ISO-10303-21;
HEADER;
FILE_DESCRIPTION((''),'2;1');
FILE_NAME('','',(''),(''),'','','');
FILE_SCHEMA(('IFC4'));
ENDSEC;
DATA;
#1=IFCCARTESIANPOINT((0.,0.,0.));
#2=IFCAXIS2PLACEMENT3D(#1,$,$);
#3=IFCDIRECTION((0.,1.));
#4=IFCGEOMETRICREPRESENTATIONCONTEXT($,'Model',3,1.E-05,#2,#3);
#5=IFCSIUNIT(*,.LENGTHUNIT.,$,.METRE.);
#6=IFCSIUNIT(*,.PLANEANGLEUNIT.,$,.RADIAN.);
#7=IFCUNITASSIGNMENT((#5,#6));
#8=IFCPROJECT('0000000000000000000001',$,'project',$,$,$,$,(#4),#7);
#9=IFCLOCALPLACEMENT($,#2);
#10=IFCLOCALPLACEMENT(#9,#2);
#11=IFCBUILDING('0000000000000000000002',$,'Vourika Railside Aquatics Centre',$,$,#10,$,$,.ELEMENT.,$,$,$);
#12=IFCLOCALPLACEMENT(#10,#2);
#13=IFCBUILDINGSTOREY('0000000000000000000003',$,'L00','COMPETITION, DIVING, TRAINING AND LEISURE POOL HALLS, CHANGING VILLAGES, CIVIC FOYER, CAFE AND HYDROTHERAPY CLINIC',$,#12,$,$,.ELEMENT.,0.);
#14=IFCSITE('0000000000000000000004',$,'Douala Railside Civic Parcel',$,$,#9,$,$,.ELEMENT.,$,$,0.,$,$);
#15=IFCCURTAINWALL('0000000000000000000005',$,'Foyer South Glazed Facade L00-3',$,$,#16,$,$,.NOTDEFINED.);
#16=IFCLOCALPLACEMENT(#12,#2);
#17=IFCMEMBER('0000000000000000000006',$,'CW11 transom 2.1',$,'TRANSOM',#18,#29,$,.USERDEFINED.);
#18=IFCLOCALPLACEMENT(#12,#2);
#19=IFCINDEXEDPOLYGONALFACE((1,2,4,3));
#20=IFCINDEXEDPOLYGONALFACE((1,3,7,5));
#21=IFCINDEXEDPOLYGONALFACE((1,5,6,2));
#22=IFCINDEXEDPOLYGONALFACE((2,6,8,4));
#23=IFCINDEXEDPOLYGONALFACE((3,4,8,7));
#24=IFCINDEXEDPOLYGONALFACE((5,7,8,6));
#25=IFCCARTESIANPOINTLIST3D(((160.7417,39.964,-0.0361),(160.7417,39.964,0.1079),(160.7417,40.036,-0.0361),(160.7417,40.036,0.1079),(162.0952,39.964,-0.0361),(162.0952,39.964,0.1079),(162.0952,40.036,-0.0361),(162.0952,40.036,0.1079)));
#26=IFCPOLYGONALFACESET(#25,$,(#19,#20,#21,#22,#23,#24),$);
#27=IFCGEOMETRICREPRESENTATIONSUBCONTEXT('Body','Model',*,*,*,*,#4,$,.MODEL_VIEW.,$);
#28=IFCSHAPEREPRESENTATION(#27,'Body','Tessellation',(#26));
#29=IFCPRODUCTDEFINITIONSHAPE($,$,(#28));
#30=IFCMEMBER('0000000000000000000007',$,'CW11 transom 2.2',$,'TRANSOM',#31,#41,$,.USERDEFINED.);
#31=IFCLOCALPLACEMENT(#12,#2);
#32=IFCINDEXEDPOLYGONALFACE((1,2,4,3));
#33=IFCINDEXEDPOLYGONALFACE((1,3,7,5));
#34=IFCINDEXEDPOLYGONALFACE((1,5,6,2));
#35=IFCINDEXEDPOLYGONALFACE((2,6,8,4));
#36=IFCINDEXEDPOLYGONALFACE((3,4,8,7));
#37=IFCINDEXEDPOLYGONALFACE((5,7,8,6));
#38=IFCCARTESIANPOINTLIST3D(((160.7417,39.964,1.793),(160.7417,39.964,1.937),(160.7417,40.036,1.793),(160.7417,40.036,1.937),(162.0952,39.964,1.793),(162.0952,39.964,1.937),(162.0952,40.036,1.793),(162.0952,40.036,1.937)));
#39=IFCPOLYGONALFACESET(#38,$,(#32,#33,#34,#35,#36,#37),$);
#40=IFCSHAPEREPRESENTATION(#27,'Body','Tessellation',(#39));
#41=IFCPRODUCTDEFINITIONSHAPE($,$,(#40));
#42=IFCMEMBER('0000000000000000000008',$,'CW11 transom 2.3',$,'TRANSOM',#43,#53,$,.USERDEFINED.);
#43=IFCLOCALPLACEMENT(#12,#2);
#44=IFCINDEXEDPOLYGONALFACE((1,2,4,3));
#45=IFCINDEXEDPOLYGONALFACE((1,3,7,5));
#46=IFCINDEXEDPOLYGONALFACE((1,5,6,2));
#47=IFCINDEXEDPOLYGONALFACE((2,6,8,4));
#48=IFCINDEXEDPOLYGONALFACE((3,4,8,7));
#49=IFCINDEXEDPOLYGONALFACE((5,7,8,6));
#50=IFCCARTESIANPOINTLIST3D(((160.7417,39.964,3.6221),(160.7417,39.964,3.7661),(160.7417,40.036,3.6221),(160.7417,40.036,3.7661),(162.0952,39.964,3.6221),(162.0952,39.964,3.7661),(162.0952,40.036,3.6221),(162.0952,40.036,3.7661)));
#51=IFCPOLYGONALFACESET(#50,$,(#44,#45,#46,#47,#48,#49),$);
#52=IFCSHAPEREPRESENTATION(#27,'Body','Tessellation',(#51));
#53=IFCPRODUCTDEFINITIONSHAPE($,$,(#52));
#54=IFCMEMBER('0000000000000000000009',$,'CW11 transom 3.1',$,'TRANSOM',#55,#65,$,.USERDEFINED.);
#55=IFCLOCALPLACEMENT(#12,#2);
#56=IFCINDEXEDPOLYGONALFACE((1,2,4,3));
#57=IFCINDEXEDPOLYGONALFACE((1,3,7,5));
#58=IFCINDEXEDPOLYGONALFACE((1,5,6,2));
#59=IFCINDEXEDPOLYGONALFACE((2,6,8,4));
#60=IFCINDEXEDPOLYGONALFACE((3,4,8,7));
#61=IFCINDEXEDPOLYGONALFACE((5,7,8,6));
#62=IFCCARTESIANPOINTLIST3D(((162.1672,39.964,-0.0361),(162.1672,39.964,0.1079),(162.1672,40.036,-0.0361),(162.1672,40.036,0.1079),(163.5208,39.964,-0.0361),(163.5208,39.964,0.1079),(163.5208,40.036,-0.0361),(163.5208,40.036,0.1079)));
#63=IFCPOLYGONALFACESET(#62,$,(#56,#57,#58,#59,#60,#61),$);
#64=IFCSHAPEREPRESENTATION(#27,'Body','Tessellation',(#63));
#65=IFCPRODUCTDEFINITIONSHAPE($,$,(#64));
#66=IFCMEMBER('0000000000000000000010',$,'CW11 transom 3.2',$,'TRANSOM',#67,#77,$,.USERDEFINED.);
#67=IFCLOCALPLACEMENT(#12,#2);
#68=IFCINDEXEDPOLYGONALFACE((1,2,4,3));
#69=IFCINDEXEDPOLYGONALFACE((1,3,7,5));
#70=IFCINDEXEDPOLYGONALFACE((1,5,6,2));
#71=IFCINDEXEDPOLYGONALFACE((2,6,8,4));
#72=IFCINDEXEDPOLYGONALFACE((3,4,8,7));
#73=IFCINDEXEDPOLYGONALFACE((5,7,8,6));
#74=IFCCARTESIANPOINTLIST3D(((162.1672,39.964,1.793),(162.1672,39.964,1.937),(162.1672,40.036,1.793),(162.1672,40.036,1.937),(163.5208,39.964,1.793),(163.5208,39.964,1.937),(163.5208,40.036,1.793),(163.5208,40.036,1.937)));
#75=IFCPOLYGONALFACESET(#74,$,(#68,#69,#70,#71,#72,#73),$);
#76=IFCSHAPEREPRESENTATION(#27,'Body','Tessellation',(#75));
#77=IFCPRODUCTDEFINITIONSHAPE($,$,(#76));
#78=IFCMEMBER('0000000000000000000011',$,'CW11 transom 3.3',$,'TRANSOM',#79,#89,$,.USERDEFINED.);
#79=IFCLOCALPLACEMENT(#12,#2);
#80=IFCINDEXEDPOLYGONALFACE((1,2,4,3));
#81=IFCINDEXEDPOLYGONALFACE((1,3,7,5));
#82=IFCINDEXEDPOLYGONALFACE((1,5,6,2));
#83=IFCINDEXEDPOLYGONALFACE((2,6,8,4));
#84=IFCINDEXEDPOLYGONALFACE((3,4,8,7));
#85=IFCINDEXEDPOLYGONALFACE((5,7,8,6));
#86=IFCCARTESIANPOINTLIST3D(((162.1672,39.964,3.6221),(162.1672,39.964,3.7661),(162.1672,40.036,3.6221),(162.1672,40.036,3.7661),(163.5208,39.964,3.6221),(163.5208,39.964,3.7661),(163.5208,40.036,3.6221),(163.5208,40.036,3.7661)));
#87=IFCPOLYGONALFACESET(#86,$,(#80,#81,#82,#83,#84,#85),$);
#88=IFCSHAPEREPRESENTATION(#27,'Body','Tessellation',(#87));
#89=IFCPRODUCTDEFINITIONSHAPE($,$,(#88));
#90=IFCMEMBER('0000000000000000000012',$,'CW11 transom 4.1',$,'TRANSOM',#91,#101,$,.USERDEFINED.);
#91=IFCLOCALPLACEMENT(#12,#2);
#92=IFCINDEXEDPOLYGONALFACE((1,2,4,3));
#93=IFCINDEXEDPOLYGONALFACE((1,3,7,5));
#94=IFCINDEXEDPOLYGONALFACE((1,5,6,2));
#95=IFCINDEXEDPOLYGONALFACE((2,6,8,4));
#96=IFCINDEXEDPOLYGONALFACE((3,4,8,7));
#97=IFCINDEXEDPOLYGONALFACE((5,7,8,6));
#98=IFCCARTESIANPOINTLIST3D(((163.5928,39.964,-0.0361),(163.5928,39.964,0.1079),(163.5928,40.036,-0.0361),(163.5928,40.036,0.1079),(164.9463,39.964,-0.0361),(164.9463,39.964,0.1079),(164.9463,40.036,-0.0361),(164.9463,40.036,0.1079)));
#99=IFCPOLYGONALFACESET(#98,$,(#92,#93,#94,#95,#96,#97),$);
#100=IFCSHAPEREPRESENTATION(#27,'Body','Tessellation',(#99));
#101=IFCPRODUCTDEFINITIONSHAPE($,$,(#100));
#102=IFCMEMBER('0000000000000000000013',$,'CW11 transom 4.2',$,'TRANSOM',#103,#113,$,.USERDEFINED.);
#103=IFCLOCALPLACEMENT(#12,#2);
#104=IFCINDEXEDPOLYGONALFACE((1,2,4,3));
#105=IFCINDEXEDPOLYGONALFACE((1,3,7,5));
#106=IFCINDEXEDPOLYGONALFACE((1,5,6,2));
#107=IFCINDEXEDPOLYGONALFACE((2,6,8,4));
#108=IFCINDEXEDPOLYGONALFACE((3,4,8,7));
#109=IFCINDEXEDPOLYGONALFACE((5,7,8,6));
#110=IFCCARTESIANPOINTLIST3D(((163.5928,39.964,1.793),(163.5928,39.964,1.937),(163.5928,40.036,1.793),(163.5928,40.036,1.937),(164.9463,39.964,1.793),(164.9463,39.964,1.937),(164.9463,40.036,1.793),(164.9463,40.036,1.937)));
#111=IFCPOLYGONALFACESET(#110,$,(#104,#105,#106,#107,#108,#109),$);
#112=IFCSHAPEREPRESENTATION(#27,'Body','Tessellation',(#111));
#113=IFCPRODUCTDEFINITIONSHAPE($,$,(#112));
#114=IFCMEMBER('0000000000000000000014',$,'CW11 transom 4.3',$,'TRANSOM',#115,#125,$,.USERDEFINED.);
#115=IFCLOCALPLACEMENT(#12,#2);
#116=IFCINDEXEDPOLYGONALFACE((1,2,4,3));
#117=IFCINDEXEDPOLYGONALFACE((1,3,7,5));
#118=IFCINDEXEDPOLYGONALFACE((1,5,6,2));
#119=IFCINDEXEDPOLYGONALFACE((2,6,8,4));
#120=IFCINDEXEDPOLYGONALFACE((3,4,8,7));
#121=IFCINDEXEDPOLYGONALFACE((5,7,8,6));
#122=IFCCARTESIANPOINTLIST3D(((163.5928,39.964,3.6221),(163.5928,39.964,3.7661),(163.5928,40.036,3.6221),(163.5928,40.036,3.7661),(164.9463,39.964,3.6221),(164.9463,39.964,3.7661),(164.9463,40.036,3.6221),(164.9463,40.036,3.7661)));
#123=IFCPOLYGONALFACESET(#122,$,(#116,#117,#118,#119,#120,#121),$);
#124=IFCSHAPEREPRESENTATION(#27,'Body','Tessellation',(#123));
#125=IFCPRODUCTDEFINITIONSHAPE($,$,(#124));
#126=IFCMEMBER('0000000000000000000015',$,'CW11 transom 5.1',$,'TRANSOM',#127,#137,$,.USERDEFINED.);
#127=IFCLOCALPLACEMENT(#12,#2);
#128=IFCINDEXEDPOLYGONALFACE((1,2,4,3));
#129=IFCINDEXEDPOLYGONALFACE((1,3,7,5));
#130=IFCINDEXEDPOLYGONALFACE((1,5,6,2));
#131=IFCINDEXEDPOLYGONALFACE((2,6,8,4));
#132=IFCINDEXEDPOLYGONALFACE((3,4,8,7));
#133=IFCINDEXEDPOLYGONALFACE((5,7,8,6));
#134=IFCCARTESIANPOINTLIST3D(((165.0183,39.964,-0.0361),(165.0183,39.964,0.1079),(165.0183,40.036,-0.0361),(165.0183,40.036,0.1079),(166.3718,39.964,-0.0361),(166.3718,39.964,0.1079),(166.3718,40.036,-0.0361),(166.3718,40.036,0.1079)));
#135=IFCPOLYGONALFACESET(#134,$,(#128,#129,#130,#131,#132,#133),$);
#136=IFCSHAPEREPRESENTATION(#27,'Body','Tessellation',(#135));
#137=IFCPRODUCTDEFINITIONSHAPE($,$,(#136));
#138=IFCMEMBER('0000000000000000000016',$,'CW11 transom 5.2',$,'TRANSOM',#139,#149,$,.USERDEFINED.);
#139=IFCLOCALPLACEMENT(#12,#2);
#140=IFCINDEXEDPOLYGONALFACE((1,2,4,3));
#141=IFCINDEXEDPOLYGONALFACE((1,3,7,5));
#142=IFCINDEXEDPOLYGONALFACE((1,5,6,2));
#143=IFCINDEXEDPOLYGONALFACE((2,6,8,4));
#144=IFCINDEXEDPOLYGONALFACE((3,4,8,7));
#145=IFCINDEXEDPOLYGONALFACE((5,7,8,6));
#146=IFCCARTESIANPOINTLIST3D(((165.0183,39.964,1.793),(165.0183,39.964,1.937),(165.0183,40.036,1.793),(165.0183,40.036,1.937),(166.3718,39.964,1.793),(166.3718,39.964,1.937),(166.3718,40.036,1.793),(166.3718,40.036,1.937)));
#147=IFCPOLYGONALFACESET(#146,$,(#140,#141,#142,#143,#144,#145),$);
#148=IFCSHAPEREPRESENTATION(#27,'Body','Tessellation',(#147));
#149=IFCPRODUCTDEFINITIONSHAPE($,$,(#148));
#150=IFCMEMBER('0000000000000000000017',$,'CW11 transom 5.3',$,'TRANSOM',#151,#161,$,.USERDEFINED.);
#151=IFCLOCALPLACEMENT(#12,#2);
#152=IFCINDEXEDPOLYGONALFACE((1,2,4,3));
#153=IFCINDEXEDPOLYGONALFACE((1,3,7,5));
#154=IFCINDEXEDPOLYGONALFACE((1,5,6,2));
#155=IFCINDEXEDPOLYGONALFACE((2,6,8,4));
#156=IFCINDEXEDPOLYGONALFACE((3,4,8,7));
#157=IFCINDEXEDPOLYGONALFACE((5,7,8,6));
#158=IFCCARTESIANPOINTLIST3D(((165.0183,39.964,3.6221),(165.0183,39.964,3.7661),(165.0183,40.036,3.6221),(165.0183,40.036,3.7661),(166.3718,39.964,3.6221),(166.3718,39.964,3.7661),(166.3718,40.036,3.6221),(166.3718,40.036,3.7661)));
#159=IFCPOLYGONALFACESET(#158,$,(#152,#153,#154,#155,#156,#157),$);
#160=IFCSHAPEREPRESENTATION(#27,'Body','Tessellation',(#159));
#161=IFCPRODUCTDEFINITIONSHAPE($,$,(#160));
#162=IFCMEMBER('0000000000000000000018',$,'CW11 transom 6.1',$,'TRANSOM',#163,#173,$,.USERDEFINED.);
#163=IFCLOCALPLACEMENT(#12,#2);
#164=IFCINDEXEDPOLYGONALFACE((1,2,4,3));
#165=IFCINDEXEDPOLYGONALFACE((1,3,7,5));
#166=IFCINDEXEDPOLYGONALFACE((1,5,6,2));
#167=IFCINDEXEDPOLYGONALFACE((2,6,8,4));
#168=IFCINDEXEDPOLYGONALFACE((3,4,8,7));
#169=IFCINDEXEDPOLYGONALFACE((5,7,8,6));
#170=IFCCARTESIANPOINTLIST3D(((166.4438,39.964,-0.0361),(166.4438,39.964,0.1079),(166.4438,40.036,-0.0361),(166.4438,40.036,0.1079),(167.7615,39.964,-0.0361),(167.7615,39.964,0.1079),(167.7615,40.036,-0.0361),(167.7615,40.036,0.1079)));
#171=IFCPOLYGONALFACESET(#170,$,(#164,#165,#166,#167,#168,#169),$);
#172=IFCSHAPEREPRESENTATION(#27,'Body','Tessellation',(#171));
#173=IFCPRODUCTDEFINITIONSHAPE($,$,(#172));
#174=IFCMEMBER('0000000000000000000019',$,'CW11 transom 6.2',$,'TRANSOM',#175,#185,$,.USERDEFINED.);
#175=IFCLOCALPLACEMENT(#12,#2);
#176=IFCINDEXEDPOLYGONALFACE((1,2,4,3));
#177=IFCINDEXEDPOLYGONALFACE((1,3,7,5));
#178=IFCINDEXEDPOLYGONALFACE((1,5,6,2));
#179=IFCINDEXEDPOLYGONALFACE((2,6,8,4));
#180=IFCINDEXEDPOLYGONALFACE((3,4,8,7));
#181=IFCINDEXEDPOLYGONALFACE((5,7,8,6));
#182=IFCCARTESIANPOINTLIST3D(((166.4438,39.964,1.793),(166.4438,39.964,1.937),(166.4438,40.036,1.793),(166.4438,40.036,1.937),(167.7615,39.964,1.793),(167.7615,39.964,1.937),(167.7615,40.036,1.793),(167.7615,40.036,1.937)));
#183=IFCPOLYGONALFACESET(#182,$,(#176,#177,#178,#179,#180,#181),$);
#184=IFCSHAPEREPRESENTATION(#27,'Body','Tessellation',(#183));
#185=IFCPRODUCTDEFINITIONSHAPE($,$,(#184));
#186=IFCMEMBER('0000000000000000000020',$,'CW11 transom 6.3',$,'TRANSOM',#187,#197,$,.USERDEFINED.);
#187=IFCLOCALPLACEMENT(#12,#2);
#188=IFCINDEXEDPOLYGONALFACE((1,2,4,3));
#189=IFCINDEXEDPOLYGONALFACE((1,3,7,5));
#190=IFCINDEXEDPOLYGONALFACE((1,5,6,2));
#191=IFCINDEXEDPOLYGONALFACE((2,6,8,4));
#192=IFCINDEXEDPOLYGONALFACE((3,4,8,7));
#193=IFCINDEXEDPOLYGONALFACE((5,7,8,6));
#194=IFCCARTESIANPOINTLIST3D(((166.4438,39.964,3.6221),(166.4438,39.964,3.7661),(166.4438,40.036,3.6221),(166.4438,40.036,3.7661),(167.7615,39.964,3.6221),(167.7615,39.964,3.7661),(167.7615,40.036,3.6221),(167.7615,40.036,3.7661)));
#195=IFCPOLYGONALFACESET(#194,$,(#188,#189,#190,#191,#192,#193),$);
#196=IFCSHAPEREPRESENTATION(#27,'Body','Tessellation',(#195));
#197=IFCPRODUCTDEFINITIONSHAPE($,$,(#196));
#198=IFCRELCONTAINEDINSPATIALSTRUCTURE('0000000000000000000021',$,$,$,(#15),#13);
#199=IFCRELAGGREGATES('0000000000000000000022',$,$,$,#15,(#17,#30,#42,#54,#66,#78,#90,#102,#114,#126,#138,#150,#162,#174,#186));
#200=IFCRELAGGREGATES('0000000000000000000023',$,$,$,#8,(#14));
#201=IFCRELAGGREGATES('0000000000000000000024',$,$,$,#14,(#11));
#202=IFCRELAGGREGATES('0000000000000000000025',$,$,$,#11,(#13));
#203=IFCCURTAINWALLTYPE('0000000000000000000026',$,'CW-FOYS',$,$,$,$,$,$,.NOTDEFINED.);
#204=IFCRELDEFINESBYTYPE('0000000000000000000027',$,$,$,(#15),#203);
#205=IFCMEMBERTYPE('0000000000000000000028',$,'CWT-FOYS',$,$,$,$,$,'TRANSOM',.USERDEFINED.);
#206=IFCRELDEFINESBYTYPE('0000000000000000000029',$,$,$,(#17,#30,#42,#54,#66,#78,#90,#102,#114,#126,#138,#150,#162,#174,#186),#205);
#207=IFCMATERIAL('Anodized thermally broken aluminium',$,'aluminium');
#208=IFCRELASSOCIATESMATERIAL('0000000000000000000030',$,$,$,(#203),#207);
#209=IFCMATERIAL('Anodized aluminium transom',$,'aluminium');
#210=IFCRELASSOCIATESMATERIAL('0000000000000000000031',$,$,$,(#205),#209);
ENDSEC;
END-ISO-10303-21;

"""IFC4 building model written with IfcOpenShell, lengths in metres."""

from ifc_helpers import new_model, si_unit, direction, frame, origin, origin_2d, place, context, subcontext, project, spatial, rectangle, extrude, material, material_profile, profile_set, type_object, element, aggregate, save


model = new_model("IFC4")

# Units and contexts
model_context = context("Model", 3, precision=1e-05, world=origin(), true_north=direction((0.0, 1.0)))
body_context = subcontext(model_context, "Body", "Model", "MODEL_VIEW")
ifc_project = project(units=[si_unit("LENGTHUNIT", "METRE"), si_unit("PLANEANGLEUNIT", "RADIAN")], contexts=[model_context])

# Site, building, storey
site_placement = place(None, origin())
site = spatial("IfcSite", under=ifc_project, at=site_placement, Name="Douala Railside Civic Parcel", CompositionType="ELEMENT", RefElevation=0.0)
building_placement = place(site_placement, origin())
building = spatial("IfcBuilding", under=site, at=building_placement, Name="Vourika Railside Aquatics Centre", CompositionType="ELEMENT")
storey_placement = place(building_placement, origin())
storey = spatial("IfcBuildingStorey", under=building, at=storey_placement, Name="L00", Description="COMPETITION, DIVING, TRAINING AND LEISURE POOL HALLS, CHANGING VILLAGES, CIVIC FOYER, CAFE AND HYDROTHERAPY CLINIC", CompositionType="ELEMENT", Elevation=0.0)

# Curtain wall, members
ifc_material_1 = material(Name="Anodized thermally broken aluminium", Category="aluminium")
curtain_wall_type = type_object("IfcCurtainWallType", Name="CW-FOYS", PredefinedType="NOTDEFINED", material=ifc_material_1)
curtain_wall_placement = place(storey_placement, origin())
curtain_wall = element("IfcCurtainWall", 1, at=curtain_wall_placement, inside=storey, type_object=curtain_wall_type, Name="Foyer South Glazed Facade L00-3", PredefinedType="NOTDEFINED")
ifc_material_2 = material(Name="Anodized aluminium transom", Category="aluminium")
ifc_material_profile_1 = material_profile(ifc_material_2, rectangle(XDim=0.072, YDim=0.144, at=origin_2d()), Name="ALU-T 72x144")
ifc_profile_set_1 = profile_set([ifc_material_profile_1], Name="Anodized aluminium transom")
member_type_1 = type_object("IfcMemberType", Name="CWT-FOYS", ElementType="TRANSOM", PredefinedType="USERDEFINED", material=ifc_profile_set_1)
member_1_placement = place(storey_placement, frame((160.7417, 40.0, 0.0359), z_axis=(1.0, 0.0, 0.0), x_axis=(0.0, 1.0, 0.0)))
member_1 = element("IfcMember", 2, at=member_1_placement, type_object=member_type_1, Name="CW11 transom 2.1", ObjectType="TRANSOM", PredefinedType="USERDEFINED", context=body_context, shape_type="SweptSolid", body=[
    extrude(rectangle(XDim=0.072, YDim=0.144, at=origin_2d()), origin(), (0.0, 0.0, 1.0), 1.3535),
])
member_2_placement = place(storey_placement, frame((160.7417, 40.0, 1.865), z_axis=(1.0, 0.0, 0.0), x_axis=(0.0, 1.0, 0.0)))
member_2 = element("IfcMember", 3, at=member_2_placement, type_object=member_type_1, Name="CW11 transom 2.2", ObjectType="TRANSOM", PredefinedType="USERDEFINED", context=body_context, shape_type="SweptSolid", body=[
    extrude(rectangle(XDim=0.072, YDim=0.144, at=origin_2d()), origin(), (0.0, 0.0, 1.0), 1.3535),
])
member_3_placement = place(storey_placement, frame((160.7417, 40.0, 3.6941), z_axis=(1.0, 0.0, 0.0), x_axis=(0.0, 1.0, 0.0)))
member_3 = element("IfcMember", 4, at=member_3_placement, type_object=member_type_1, Name="CW11 transom 2.3", ObjectType="TRANSOM", PredefinedType="USERDEFINED", context=body_context, shape_type="SweptSolid", body=[
    extrude(rectangle(XDim=0.072, YDim=0.144, at=origin_2d()), origin(), (0.0, 0.0, 1.0), 1.3535),
])
member_4_placement = place(storey_placement, frame((162.1672, 40.0, 0.0359), z_axis=(1.0, 0.0, 0.0), x_axis=(0.0, 1.0, 0.0)))
member_4 = element("IfcMember", 5, at=member_4_placement, type_object=member_type_1, Name="CW11 transom 3.1", ObjectType="TRANSOM", PredefinedType="USERDEFINED", context=body_context, shape_type="SweptSolid", body=[
    extrude(rectangle(XDim=0.072, YDim=0.144, at=origin_2d()), origin(), (0.0, 0.0, 1.0), 1.3535),
])
member_5_placement = place(storey_placement, frame((162.1672, 40.0, 1.865), z_axis=(1.0, 0.0, 0.0), x_axis=(0.0, 1.0, 0.0)))
member_5 = element("IfcMember", 6, at=member_5_placement, type_object=member_type_1, Name="CW11 transom 3.2", ObjectType="TRANSOM", PredefinedType="USERDEFINED", context=body_context, shape_type="SweptSolid", body=[
    extrude(rectangle(XDim=0.072, YDim=0.144, at=origin_2d()), origin(), (0.0, 0.0, 1.0), 1.3535),
])
member_6_placement = place(storey_placement, frame((162.1672, 40.0, 3.6941), z_axis=(1.0, 0.0, 0.0), x_axis=(0.0, 1.0, 0.0)))
member_6 = element("IfcMember", 7, at=member_6_placement, type_object=member_type_1, Name="CW11 transom 3.3", ObjectType="TRANSOM", PredefinedType="USERDEFINED", context=body_context, shape_type="SweptSolid", body=[
    extrude(rectangle(XDim=0.072, YDim=0.144, at=origin_2d()), origin(), (0.0, 0.0, 1.0), 1.3535),
])
member_7_placement = place(storey_placement, frame((163.5928, 40.0, 0.0359), z_axis=(1.0, 0.0, 0.0), x_axis=(0.0, 1.0, 0.0)))
member_7 = element("IfcMember", 8, at=member_7_placement, type_object=member_type_1, Name="CW11 transom 4.1", ObjectType="TRANSOM", PredefinedType="USERDEFINED", context=body_context, shape_type="SweptSolid", body=[
    extrude(rectangle(XDim=0.072, YDim=0.144, at=origin_2d()), origin(), (0.0, 0.0, 1.0), 1.3535),
])
member_8_placement = place(storey_placement, frame((163.5928, 40.0, 1.865), z_axis=(1.0, 0.0, 0.0), x_axis=(0.0, 1.0, 0.0)))
member_8 = element("IfcMember", 9, at=member_8_placement, type_object=member_type_1, Name="CW11 transom 4.2", ObjectType="TRANSOM", PredefinedType="USERDEFINED", context=body_context, shape_type="SweptSolid", body=[
    extrude(rectangle(XDim=0.072, YDim=0.144, at=origin_2d()), origin(), (0.0, 0.0, 1.0), 1.3535),
])
member_9_placement = place(storey_placement, frame((163.5928, 40.0, 3.6941), z_axis=(1.0, 0.0, 0.0), x_axis=(0.0, 1.0, 0.0)))
member_9 = element("IfcMember", 10, at=member_9_placement, type_object=member_type_1, Name="CW11 transom 4.3", ObjectType="TRANSOM", PredefinedType="USERDEFINED", context=body_context, shape_type="SweptSolid", body=[
    extrude(rectangle(XDim=0.072, YDim=0.144, at=origin_2d()), origin(), (0.0, 0.0, 1.0), 1.3535),
])
member_10_placement = place(storey_placement, frame((165.0183, 40.0, 0.0359), z_axis=(1.0, 0.0, 0.0), x_axis=(0.0, 1.0, 0.0)))
member_10 = element("IfcMember", 11, at=member_10_placement, type_object=member_type_1, Name="CW11 transom 5.1", ObjectType="TRANSOM", PredefinedType="USERDEFINED", context=body_context, shape_type="SweptSolid", body=[
    extrude(rectangle(XDim=0.072, YDim=0.144, at=origin_2d()), origin(), (0.0, 0.0, 1.0), 1.3535),
])
member_11_placement = place(storey_placement, frame((165.0183, 40.0, 1.865), z_axis=(1.0, 0.0, 0.0), x_axis=(0.0, 1.0, 0.0)))
member_11 = element("IfcMember", 12, at=member_11_placement, type_object=member_type_1, Name="CW11 transom 5.2", ObjectType="TRANSOM", PredefinedType="USERDEFINED", context=body_context, shape_type="SweptSolid", body=[
    extrude(rectangle(XDim=0.072, YDim=0.144, at=origin_2d()), origin(), (0.0, 0.0, 1.0), 1.3535),
])
member_12_placement = place(storey_placement, frame((165.0183, 40.0, 3.6941), z_axis=(1.0, 0.0, 0.0), x_axis=(0.0, 1.0, 0.0)))
member_12 = element("IfcMember", 13, at=member_12_placement, type_object=member_type_1, Name="CW11 transom 5.3", ObjectType="TRANSOM", PredefinedType="USERDEFINED", context=body_context, shape_type="SweptSolid", body=[
    extrude(rectangle(XDim=0.072, YDim=0.144, at=origin_2d()), origin(), (0.0, 0.0, 1.0), 1.3535),
])
member_13_placement = place(storey_placement, frame((166.4438, 40.0, 0.0359), z_axis=(1.0, 0.0, 0.0), x_axis=(0.0, 1.0, 0.0)))
member_13 = element("IfcMember", 14, at=member_13_placement, type_object=member_type_1, Name="CW11 transom 6.1", ObjectType="TRANSOM", PredefinedType="USERDEFINED", context=body_context, shape_type="SweptSolid", body=[
    extrude(rectangle(XDim=0.072, YDim=0.144, at=origin_2d()), origin(), (0.0, 0.0, 1.0), 1.3176),
])
member_14_placement = place(storey_placement, frame((166.4438, 40.0, 1.865), z_axis=(1.0, 0.0, 0.0), x_axis=(0.0, 1.0, 0.0)))
member_14 = element("IfcMember", 15, at=member_14_placement, type_object=member_type_1, Name="CW11 transom 6.2", ObjectType="TRANSOM", PredefinedType="USERDEFINED", context=body_context, shape_type="SweptSolid", body=[
    extrude(rectangle(XDim=0.072, YDim=0.144, at=origin_2d()), origin(), (0.0, 0.0, 1.0), 1.3176),
])
member_15_placement = place(storey_placement, frame((166.4438, 40.0, 3.6941), z_axis=(1.0, 0.0, 0.0), x_axis=(0.0, 1.0, 0.0)))
member_15 = element("IfcMember", 16, at=member_15_placement, type_object=member_type_1, Name="CW11 transom 6.3", ObjectType="TRANSOM", PredefinedType="USERDEFINED", context=body_context, shape_type="SweptSolid", body=[
    extrude(rectangle(XDim=0.072, YDim=0.144, at=origin_2d()), origin(), (0.0, 0.0, 1.0), 1.3176),
])
aggregate(curtain_wall, [member_1, member_2, member_3, member_4, member_5, member_6, member_7, member_8, member_9, member_10, member_11, member_12, member_13, member_14, member_15])

save(model, "model.ifc")
